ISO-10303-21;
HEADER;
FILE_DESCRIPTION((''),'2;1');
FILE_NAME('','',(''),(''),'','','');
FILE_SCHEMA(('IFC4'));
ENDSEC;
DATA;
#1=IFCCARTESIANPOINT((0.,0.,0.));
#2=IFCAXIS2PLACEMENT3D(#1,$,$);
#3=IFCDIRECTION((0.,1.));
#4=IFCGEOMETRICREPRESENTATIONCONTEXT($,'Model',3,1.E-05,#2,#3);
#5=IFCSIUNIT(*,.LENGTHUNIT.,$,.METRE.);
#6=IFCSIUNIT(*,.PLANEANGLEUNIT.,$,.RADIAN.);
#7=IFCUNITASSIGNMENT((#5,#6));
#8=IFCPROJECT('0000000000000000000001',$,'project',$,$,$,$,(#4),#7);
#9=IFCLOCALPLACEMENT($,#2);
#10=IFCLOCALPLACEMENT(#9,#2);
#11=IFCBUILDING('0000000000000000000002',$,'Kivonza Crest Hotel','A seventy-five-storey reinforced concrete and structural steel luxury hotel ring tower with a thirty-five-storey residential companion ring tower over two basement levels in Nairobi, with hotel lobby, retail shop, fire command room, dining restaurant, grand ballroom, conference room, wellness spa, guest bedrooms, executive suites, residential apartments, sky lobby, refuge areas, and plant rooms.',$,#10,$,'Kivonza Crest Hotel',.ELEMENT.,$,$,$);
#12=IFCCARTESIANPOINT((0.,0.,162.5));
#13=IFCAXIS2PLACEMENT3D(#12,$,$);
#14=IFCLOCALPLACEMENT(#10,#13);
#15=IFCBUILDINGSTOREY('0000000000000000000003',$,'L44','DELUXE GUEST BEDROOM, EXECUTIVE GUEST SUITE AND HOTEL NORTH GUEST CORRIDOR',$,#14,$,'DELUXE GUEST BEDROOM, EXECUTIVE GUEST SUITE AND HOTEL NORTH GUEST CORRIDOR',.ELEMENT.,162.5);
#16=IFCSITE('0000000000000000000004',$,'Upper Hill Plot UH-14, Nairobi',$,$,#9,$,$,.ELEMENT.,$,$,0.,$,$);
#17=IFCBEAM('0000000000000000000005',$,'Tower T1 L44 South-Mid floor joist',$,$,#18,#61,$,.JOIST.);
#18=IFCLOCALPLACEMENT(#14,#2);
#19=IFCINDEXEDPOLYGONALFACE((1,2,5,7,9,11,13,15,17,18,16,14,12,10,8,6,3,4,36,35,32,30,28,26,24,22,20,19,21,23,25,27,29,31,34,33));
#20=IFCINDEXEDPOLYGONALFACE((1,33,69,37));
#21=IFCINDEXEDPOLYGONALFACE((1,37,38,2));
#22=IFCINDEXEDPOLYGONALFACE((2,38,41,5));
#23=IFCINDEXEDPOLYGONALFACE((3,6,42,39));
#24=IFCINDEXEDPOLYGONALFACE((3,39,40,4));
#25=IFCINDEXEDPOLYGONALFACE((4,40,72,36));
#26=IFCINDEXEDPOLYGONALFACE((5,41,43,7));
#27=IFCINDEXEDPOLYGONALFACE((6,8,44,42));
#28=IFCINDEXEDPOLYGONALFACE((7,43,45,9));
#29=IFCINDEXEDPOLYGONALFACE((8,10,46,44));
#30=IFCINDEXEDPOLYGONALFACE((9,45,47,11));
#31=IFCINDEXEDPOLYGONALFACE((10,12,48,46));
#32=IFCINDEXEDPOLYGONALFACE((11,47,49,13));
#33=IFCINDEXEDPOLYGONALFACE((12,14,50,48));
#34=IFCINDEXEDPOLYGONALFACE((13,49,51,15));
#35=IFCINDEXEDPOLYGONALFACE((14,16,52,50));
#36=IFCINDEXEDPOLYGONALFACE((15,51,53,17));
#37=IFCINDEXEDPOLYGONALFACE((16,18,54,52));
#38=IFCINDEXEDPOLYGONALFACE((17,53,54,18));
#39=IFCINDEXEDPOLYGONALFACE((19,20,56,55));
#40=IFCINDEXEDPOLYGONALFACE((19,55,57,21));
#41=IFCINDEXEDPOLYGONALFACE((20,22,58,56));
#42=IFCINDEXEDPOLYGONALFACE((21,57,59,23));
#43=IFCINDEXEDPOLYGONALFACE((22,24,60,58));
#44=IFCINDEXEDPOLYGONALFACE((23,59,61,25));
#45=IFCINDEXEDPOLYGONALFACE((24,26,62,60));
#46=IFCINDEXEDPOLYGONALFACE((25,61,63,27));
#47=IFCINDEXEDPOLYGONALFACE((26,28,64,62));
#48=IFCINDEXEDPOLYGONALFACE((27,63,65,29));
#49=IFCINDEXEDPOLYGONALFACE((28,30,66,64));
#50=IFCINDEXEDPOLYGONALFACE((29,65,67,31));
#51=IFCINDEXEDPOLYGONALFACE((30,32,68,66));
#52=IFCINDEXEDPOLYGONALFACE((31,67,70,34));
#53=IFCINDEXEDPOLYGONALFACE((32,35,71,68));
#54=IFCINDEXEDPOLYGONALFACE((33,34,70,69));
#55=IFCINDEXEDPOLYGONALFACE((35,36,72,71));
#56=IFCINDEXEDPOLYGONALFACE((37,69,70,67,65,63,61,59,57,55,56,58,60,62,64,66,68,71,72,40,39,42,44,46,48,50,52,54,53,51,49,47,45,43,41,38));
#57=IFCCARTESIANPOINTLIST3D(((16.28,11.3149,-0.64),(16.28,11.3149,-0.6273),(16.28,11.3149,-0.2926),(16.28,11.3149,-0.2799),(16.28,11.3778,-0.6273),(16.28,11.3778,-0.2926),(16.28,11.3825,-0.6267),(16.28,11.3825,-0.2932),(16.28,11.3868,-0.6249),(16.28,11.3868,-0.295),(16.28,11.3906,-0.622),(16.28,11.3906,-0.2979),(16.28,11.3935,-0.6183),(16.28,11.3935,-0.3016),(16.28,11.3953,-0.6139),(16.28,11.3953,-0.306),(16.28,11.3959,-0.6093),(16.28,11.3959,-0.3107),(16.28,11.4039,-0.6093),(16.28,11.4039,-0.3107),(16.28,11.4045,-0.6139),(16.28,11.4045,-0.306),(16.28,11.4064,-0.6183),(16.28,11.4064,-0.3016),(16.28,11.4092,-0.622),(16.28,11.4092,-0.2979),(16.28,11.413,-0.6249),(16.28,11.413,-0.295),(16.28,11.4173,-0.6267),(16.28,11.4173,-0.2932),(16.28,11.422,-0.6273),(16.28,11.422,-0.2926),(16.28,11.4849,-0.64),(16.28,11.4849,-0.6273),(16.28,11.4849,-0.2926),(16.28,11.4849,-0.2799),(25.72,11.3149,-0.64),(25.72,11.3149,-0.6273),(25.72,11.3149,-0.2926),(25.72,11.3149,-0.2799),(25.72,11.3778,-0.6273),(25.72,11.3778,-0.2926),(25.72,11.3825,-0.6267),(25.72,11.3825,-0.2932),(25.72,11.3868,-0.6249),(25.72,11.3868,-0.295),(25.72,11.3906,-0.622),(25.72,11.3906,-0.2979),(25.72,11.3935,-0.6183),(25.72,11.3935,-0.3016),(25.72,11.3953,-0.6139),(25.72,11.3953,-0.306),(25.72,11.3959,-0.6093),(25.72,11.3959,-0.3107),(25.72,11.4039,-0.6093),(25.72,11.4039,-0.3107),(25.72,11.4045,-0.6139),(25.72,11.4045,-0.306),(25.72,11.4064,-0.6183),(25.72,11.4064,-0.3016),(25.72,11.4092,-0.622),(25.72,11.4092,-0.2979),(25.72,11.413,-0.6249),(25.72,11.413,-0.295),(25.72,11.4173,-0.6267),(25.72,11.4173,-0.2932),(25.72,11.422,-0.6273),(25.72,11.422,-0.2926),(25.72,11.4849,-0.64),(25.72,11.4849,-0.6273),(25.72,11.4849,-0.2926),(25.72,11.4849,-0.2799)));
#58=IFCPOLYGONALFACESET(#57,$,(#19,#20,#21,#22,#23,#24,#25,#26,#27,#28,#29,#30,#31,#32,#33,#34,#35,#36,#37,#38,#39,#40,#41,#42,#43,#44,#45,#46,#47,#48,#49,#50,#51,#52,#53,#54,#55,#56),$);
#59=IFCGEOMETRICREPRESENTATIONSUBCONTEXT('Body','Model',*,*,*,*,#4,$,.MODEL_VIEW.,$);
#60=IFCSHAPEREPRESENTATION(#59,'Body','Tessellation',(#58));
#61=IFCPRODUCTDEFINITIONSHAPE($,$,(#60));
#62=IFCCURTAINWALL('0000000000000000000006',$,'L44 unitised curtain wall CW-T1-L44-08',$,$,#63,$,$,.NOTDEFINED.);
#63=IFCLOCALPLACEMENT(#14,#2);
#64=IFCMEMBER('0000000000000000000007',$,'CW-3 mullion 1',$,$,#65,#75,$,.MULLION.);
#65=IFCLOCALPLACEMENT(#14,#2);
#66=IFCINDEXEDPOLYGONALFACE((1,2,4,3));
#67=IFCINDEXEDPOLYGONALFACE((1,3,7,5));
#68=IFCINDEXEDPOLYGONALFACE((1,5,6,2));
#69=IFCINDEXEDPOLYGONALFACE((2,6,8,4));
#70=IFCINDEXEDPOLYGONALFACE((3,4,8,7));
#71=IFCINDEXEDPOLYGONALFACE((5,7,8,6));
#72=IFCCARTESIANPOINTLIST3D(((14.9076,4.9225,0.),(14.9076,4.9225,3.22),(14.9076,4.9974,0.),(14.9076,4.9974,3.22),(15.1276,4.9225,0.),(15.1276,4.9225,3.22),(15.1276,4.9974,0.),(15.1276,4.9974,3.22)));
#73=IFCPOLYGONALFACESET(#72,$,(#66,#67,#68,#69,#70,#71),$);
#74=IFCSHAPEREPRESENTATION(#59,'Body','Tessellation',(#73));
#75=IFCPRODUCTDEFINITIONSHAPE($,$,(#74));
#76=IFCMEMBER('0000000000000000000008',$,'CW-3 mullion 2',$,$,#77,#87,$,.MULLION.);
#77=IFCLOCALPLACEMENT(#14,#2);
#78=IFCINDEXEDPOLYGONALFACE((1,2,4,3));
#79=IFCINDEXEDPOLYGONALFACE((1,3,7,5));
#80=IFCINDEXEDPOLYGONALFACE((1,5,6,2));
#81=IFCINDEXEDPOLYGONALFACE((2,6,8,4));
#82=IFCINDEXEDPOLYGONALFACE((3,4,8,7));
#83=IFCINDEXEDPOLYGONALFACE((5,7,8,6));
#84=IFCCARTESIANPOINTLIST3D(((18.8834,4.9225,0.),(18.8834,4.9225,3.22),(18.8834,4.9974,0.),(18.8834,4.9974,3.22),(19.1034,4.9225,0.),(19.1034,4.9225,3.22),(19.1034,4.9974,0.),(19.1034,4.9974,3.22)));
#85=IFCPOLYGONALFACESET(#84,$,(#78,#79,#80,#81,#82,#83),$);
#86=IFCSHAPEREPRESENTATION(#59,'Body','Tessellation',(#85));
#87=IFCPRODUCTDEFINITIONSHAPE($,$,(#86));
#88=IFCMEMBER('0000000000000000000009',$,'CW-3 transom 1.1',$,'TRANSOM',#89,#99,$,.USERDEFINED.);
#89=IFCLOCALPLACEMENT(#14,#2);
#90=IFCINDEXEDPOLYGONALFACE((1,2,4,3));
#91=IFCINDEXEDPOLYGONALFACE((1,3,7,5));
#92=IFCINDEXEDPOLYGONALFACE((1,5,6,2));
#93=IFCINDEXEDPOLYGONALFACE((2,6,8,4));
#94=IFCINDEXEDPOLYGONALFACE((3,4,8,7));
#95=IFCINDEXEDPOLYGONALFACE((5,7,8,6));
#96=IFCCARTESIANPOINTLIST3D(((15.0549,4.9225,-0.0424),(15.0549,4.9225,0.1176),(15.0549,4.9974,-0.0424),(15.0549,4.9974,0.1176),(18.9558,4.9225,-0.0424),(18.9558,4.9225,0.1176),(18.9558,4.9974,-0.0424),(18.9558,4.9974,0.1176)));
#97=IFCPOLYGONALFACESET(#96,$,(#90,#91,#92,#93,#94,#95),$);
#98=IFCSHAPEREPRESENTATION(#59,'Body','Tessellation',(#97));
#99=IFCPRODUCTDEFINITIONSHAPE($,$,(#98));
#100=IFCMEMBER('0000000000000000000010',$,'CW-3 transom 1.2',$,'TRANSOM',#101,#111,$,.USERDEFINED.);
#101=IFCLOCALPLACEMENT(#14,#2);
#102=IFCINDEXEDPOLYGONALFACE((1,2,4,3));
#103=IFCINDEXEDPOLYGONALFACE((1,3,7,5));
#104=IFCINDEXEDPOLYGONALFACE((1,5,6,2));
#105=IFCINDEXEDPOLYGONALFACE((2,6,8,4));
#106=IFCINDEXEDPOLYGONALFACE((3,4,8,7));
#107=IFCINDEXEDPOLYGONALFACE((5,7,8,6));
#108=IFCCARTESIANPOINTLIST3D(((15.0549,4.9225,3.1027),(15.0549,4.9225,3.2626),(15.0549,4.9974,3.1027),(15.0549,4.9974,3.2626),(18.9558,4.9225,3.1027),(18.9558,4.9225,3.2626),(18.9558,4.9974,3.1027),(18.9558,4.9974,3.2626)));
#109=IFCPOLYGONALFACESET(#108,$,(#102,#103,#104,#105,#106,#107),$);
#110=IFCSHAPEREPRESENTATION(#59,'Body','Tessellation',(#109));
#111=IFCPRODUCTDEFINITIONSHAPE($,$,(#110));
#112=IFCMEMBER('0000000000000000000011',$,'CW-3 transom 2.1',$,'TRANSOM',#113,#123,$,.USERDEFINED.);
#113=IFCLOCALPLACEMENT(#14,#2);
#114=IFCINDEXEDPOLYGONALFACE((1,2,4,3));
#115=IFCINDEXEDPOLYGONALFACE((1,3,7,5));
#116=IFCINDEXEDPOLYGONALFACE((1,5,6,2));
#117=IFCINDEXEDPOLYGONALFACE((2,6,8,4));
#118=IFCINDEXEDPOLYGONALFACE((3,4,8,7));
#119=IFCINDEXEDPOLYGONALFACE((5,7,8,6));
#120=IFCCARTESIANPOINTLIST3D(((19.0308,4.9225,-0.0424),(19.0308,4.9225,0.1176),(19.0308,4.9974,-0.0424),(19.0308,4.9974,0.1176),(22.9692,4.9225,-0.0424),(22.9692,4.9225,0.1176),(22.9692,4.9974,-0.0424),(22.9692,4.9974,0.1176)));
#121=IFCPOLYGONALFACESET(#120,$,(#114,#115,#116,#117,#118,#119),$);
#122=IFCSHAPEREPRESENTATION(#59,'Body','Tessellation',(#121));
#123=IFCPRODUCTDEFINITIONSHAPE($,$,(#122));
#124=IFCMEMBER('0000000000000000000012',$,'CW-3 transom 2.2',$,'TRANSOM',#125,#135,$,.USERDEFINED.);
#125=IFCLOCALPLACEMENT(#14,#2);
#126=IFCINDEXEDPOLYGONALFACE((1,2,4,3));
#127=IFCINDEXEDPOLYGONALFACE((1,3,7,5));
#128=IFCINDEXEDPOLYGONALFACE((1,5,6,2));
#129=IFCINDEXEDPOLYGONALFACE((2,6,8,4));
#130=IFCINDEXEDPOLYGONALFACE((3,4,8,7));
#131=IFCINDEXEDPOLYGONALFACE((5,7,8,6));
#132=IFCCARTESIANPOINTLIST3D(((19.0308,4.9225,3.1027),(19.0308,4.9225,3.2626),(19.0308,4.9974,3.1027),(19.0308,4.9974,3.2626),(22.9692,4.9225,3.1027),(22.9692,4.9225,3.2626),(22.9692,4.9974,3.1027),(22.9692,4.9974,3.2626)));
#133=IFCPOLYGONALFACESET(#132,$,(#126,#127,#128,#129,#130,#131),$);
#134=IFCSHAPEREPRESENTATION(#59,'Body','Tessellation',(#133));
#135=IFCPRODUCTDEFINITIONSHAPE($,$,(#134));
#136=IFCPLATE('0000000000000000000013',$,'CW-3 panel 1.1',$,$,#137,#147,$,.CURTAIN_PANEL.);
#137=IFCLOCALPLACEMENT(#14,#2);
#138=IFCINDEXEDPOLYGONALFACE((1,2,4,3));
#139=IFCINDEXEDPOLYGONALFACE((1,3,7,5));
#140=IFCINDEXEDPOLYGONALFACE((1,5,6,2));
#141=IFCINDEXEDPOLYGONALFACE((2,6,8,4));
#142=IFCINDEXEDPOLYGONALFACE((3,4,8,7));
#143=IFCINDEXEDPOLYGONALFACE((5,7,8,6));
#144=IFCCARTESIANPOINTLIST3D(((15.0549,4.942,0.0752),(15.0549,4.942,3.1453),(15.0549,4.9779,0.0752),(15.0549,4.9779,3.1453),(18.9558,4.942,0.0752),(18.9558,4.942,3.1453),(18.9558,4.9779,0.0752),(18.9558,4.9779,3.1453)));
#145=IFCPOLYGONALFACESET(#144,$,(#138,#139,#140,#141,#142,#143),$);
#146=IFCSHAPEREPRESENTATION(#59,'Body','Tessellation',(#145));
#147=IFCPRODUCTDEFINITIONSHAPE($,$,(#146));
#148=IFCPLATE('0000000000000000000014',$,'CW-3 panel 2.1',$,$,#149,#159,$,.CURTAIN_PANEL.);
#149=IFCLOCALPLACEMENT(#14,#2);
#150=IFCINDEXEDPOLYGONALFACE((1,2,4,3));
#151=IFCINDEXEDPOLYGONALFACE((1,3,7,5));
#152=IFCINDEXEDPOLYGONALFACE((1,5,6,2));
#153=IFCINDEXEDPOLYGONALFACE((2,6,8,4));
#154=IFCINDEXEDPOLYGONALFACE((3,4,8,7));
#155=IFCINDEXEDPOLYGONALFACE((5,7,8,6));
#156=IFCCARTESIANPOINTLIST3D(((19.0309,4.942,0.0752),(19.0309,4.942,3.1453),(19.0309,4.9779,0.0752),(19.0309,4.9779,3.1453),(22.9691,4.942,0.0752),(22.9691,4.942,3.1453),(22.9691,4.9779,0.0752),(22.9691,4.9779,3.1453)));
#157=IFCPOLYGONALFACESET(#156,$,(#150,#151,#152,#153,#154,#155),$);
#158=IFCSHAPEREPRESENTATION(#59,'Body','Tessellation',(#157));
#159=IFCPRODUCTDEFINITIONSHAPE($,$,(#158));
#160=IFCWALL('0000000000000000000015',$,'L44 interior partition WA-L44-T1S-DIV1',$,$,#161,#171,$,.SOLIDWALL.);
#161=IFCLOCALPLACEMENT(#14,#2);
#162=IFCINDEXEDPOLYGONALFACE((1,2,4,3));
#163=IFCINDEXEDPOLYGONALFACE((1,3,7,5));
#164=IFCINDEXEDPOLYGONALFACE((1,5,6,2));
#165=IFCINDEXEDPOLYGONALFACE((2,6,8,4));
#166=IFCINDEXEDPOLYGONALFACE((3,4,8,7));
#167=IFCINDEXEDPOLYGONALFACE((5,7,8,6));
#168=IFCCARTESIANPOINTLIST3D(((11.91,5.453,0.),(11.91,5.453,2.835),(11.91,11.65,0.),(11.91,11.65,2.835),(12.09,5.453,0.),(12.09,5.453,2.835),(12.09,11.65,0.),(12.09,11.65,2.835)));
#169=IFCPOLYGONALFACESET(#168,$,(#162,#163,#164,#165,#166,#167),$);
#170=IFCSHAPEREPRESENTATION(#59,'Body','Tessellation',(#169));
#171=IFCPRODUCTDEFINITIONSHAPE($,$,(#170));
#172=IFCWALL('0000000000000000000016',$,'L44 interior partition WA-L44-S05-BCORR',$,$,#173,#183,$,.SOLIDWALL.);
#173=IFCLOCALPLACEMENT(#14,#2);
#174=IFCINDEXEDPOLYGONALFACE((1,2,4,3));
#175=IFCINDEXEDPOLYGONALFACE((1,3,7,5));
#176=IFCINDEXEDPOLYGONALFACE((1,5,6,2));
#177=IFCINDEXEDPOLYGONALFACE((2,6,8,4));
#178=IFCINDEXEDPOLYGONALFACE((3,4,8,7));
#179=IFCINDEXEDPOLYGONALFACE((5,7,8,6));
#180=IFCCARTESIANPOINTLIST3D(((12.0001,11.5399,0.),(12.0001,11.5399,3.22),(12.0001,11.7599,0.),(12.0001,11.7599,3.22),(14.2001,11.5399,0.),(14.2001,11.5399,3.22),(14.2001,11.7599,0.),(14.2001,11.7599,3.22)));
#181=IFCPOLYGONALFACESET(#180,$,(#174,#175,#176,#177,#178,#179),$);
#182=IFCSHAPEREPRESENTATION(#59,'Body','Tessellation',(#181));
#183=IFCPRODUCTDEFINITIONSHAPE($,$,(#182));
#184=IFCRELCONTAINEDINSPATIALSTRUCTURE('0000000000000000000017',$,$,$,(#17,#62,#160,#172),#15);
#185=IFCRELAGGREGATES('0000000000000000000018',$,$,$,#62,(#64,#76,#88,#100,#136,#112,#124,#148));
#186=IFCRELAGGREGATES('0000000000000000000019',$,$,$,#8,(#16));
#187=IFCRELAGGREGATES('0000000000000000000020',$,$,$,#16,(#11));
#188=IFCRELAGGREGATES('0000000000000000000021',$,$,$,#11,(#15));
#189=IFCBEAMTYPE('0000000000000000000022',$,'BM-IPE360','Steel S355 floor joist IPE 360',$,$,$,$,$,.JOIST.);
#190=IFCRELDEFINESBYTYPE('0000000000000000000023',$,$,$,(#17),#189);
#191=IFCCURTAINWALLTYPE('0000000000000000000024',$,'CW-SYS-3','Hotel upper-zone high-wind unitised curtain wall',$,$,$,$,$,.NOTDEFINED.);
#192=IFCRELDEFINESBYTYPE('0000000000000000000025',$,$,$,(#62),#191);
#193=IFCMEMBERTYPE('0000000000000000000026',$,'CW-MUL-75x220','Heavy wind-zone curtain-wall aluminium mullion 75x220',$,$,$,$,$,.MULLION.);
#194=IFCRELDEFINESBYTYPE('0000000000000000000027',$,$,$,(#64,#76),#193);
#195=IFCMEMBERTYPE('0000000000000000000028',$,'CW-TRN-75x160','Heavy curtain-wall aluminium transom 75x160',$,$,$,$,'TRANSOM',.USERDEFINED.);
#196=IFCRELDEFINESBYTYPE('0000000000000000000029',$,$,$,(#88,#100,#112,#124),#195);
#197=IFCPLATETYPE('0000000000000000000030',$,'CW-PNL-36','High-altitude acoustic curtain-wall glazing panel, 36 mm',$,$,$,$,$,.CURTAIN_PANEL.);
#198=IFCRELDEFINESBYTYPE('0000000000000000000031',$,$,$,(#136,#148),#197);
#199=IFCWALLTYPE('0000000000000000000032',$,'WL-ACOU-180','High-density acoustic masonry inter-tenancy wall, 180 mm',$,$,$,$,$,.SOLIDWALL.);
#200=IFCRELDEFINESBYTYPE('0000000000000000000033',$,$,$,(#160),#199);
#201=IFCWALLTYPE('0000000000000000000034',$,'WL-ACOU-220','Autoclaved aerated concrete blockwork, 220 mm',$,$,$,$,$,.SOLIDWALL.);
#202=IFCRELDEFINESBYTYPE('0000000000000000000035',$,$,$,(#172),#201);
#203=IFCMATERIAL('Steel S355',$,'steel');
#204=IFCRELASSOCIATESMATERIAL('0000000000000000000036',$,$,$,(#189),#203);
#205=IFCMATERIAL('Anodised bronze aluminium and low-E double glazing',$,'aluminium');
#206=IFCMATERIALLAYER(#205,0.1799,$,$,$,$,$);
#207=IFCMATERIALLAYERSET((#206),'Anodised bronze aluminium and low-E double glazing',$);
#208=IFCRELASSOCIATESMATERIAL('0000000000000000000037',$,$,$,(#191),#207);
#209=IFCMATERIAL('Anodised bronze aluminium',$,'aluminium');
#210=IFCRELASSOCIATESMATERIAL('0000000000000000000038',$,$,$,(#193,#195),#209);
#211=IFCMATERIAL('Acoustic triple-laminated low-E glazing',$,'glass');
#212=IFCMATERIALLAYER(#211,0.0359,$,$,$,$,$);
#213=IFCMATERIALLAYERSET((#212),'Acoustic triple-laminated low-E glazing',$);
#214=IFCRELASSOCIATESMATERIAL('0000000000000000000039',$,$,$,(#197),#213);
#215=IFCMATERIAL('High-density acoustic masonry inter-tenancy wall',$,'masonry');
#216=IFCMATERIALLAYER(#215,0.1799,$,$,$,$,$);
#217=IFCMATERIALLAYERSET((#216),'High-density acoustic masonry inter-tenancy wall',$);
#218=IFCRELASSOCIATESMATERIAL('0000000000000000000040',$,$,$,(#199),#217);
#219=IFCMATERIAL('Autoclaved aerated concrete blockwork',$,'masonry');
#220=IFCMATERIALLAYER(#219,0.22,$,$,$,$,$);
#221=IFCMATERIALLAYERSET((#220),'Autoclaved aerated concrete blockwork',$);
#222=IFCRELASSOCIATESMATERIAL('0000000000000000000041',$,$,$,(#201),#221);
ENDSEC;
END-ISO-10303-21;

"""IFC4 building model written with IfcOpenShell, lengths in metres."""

from ifc_helpers import new_model, si_unit, direction, frame, frame_2d, origin, origin_2d, place, context, subcontext, project, spatial, rectangle, i_section, extrude, material, layer, layer_set, material_profile, profile_set, type_object, element, aggregate, save


model = new_model("IFC4")

# Units and contexts
model_context = context("Model", 3, precision=1e-05, world=origin(), true_north=direction((0.0, 1.0)))
body_context = subcontext(model_context, "Body", "Model", "MODEL_VIEW")
ifc_project = project(units=[si_unit("LENGTHUNIT", "METRE"), si_unit("PLANEANGLEUNIT", "RADIAN")], contexts=[model_context])

# Site, building, storey
site_placement = place(None, origin())
site = spatial("IfcSite", under=ifc_project, at=site_placement, Name="Upper Hill Plot UH-14, Nairobi", CompositionType="ELEMENT", RefElevation=0.0)
building_placement = place(site_placement, origin())
building = spatial("IfcBuilding", under=site, at=building_placement, Name="Kivonza Crest Hotel", Description="A seventy-five-storey reinforced concrete and structural steel luxury hotel ring tower with a thirty-five-storey residential companion ring tower over two basement levels in Nairobi, with hotel lobby, retail shop, fire command room, dining restaurant, grand ballroom, conference room, wellness spa, guest bedrooms, executive suites, residential apartments, sky lobby, refuge areas, and plant rooms.", LongName="Kivonza Crest Hotel", CompositionType="ELEMENT")
storey_placement = place(building_placement, frame((0.0, 0.0, 162.5)))
storey = spatial("IfcBuildingStorey", under=building, at=storey_placement, Name="L44", Description="DELUXE GUEST BEDROOM, EXECUTIVE GUEST SUITE AND HOTEL NORTH GUEST CORRIDOR", LongName="DELUXE GUEST BEDROOM, EXECUTIVE GUEST SUITE AND HOTEL NORTH GUEST CORRIDOR", CompositionType="ELEMENT", Elevation=162.5)

# Beam
ifc_material_1 = material(Name="Steel S355", Category="steel")
ifc_material_profile_1 = material_profile(ifc_material_1, i_section(OverallWidth=0.1699, OverallDepth=0.3601, WebThickness=0.0081, FlangeThickness=0.0127, FilletRadius=0.0181, at=origin_2d()), Name="IPE 360")
ifc_profile_set_1 = profile_set([ifc_material_profile_1], Name="Steel S355")
beam_type_1 = type_object("IfcBeamType", Name="BM-IPE360", Description="Steel S355 floor joist IPE 360", PredefinedType="JOIST", material=ifc_profile_set_1)
beam_1_placement = place(storey_placement, frame((16.28, 11.3999, -0.46), z_axis=(1.0, 0.0, 0.0), x_axis=(0.0, 1.0, 0.0)))
element("IfcBeam", 1, at=beam_1_placement, inside=storey, type_object=beam_type_1, Name="Tower T1 L44 South-Mid floor joist", PredefinedType="JOIST", context=body_context, shape_type="SweptSolid", body=[
    extrude(i_section(OverallWidth=0.1699, OverallDepth=0.3601, WebThickness=0.0081, FlangeThickness=0.0127, FilletRadius=0.0181, at=origin_2d()), origin(), (0.0, 0.0, 1.0), 9.4399),
])

# Curtain wall, members, plates
ifc_material_2 = material(Name="Anodised bronze aluminium and low-E double glazing", Category="aluminium")
ifc_layer_1 = layer(ifc_material_2, 0.1799)
ifc_layer_set_1 = layer_set([ifc_layer_1], Name="Anodised bronze aluminium and low-E double glazing")
curtain_wall_type = type_object("IfcCurtainWallType", Name="CW-SYS-3", Description="Hotel upper-zone high-wind unitised curtain wall", PredefinedType="NOTDEFINED", material=ifc_layer_set_1)
curtain_wall_placement = place(storey_placement, origin())
curtain_wall = element("IfcCurtainWall", 2, at=curtain_wall_placement, inside=storey, type_object=curtain_wall_type, Name="L44 unitised curtain wall CW-T1-L44-08", PredefinedType="NOTDEFINED")
ifc_material_3 = material(Name="Anodised bronze aluminium", Category="aluminium")
ifc_material_profile_2 = material_profile(ifc_material_3, rectangle(XDim=0.075, YDim=0.22, at=origin_2d()), Name="CW-M 75x220")
ifc_profile_set_2 = profile_set([ifc_material_profile_2], Name="Anodised bronze aluminium")
member_type_1 = type_object("IfcMemberType", Name="CW-MUL-75x220", Description="Heavy wind-zone curtain-wall aluminium mullion 75x220", PredefinedType="MULLION", material=ifc_profile_set_2)
member_1_placement = place(storey_placement, frame((15.0176, 4.96, 0.0), z_axis=(0.0, 0.0, 1.0), x_axis=(0.0, 1.0, 0.0)))
member_1 = element("IfcMember", 3, at=member_1_placement, type_object=member_type_1, Name="CW-3 mullion 1", PredefinedType="MULLION", context=body_context, shape_type="SweptSolid", body=[
    extrude(rectangle(XDim=0.075, YDim=0.22, at=origin_2d()), origin(), (0.0, 0.0, 1.0), 3.22),
])
member_2_placement = place(storey_placement, frame((18.9934, 4.96, 0.0), z_axis=(0.0, 0.0, 1.0), x_axis=(0.0, 1.0, 0.0)))
member_2 = element("IfcMember", 4, at=member_2_placement, type_object=member_type_1, Name="CW-3 mullion 2", PredefinedType="MULLION", context=body_context, shape_type="SweptSolid", body=[
    extrude(rectangle(XDim=0.075, YDim=0.22, at=origin_2d()), origin(), (0.0, 0.0, 1.0), 3.22),
])
ifc_material_profile_3 = material_profile(ifc_material_3, rectangle(XDim=0.075, YDim=0.1599, at=origin_2d()), Name="CW-T 75x160")
ifc_profile_set_3 = profile_set([ifc_material_profile_3], Name="Anodised bronze aluminium")
member_type_2 = type_object("IfcMemberType", Name="CW-TRN-75x160", Description="Heavy curtain-wall aluminium transom 75x160", ElementType="TRANSOM", PredefinedType="USERDEFINED", material=ifc_profile_set_3)
member_3_placement = place(storey_placement, frame((15.0549, 4.96, 0.0376), z_axis=(1.0, 0.0, 0.0), x_axis=(0.0, 1.0, 0.0)))
member_3 = element("IfcMember", 5, at=member_3_placement, type_object=member_type_2, Name="CW-3 transom 1.1", ObjectType="TRANSOM", PredefinedType="USERDEFINED", context=body_context, shape_type="SweptSolid", body=[
    extrude(rectangle(XDim=0.075, YDim=0.1599, at=origin_2d()), origin(), (0.0, 0.0, 1.0), 3.9009),
])
member_4_placement = place(storey_placement, frame((15.0549, 4.96, 3.1826), z_axis=(1.0, 0.0, 0.0), x_axis=(0.0, 1.0, 0.0)))
member_4 = element("IfcMember", 6, at=member_4_placement, type_object=member_type_2, Name="CW-3 transom 1.2", ObjectType="TRANSOM", PredefinedType="USERDEFINED", context=body_context, shape_type="SweptSolid", body=[
    extrude(rectangle(XDim=0.075, YDim=0.1599, at=origin_2d()), origin(), (0.0, 0.0, 1.0), 3.9009),
])
member_5_placement = place(storey_placement, frame((19.0308, 4.96, 0.0376), z_axis=(1.0, 0.0, 0.0), x_axis=(0.0, 1.0, 0.0)))
member_5 = element("IfcMember", 7, at=member_5_placement, type_object=member_type_2, Name="CW-3 transom 2.1", ObjectType="TRANSOM", PredefinedType="USERDEFINED", context=body_context, shape_type="SweptSolid", body=[
    extrude(rectangle(XDim=0.075, YDim=0.1599, at=origin_2d()), origin(), (0.0, 0.0, 1.0), 3.9385),
])
member_6_placement = place(storey_placement, frame((19.0308, 4.96, 3.1826), z_axis=(1.0, 0.0, 0.0), x_axis=(0.0, 1.0, 0.0)))
member_6 = element("IfcMember", 8, at=member_6_placement, type_object=member_type_2, Name="CW-3 transom 2.2", ObjectType="TRANSOM", PredefinedType="USERDEFINED", context=body_context, shape_type="SweptSolid", body=[
    extrude(rectangle(XDim=0.075, YDim=0.1599, at=origin_2d()), origin(), (0.0, 0.0, 1.0), 3.9385),
])
ifc_material_4 = material(Name="Acoustic triple-laminated low-E glazing", Category="glass")
ifc_layer_2 = layer(ifc_material_4, 0.0359)
ifc_layer_set_2 = layer_set([ifc_layer_2], Name="Acoustic triple-laminated low-E glazing")
plate_type = type_object("IfcPlateType", Name="CW-PNL-36", Description="High-altitude acoustic curtain-wall glazing panel, 36 mm", PredefinedType="CURTAIN_PANEL", material=ifc_layer_set_2)
plate_1_placement = place(storey_placement, frame((17.0054, 4.96, 0.0752), z_axis=(0.0, 0.0, 1.0), x_axis=(1.0, 0.0, 0.0)))
plate_1 = element("IfcPlate", 9, at=plate_1_placement, type_object=plate_type, Name="CW-3 panel 1.1", PredefinedType="CURTAIN_PANEL", context=body_context, shape_type="SweptSolid", body=[
    extrude(rectangle(XDim=3.9009, YDim=0.0359, at=origin_2d()), origin(), (0.0, 0.0, 1.0), 3.0701),
])
plate_2_placement = place(storey_placement, frame((21.0, 4.96, 0.0752), z_axis=(0.0, 0.0, 1.0), x_axis=(1.0, 0.0, 0.0)))
plate_2 = element("IfcPlate", 10, at=plate_2_placement, type_object=plate_type, Name="CW-3 panel 2.1", PredefinedType="CURTAIN_PANEL", context=body_context, shape_type="SweptSolid", body=[
    extrude(rectangle(XDim=3.9382, YDim=0.0359, at=origin_2d()), origin(), (0.0, 0.0, 1.0), 3.0701),
])
aggregate(curtain_wall, [member_1, member_2, member_3, member_4, plate_1, member_5, member_6, plate_2])

# Walls
ifc_material_5 = material(Name="High-density acoustic masonry inter-tenancy wall", Category="masonry")
ifc_layer_3 = layer(ifc_material_5, 0.1799)
ifc_layer_set_3 = layer_set([ifc_layer_3], Name="High-density acoustic masonry inter-tenancy wall")
wall_type_1 = type_object("IfcWallType", Name="WL-ACOU-180", Description="High-density acoustic masonry inter-tenancy wall, 180 mm", PredefinedType="SOLIDWALL", material=ifc_layer_set_3)
wall_1_placement = place(storey_placement, frame((12.0, 5.4529, 0.0), z_axis=(0.0, 0.0, 1.0), x_axis=(0.0, 1.0, 0.0)))
element("IfcWall", 11, at=wall_1_placement, inside=storey, type_object=wall_type_1, Name="L44 interior partition WA-L44-T1S-DIV1", PredefinedType="SOLIDWALL", context=body_context, shape_type="SweptSolid", body=[
    extrude(rectangle(XDim=6.197, YDim=0.1799, at=frame_2d((3.0986, 0.0))), origin(), (0.0, 0.0, 1.0), 2.835),
])
ifc_material_6 = material(Name="Autoclaved aerated concrete blockwork", Category="masonry")
ifc_layer_4 = layer(ifc_material_6, 0.22)
ifc_layer_set_4 = layer_set([ifc_layer_4], Name="Autoclaved aerated concrete blockwork")
wall_type_2 = type_object("IfcWallType", Name="WL-ACOU-220", Description="Autoclaved aerated concrete blockwork, 220 mm", PredefinedType="SOLIDWALL", material=ifc_layer_set_4)
wall_2_placement = place(storey_placement, frame((12.0, 11.6499, 0.0), z_axis=(0.0, 0.0, 1.0), x_axis=(1.0, 0.0, 0.0)))
element("IfcWall", 12, at=wall_2_placement, inside=storey, type_object=wall_type_2, Name="L44 interior partition WA-L44-S05-BCORR", PredefinedType="SOLIDWALL", context=body_context, shape_type="SweptSolid", body=[
    extrude(rectangle(XDim=2.2, YDim=0.22, at=frame_2d((1.1001, 0.0))), origin(), (0.0, 0.0, 1.0), 3.22),
])

save(model, "model.ifc")
